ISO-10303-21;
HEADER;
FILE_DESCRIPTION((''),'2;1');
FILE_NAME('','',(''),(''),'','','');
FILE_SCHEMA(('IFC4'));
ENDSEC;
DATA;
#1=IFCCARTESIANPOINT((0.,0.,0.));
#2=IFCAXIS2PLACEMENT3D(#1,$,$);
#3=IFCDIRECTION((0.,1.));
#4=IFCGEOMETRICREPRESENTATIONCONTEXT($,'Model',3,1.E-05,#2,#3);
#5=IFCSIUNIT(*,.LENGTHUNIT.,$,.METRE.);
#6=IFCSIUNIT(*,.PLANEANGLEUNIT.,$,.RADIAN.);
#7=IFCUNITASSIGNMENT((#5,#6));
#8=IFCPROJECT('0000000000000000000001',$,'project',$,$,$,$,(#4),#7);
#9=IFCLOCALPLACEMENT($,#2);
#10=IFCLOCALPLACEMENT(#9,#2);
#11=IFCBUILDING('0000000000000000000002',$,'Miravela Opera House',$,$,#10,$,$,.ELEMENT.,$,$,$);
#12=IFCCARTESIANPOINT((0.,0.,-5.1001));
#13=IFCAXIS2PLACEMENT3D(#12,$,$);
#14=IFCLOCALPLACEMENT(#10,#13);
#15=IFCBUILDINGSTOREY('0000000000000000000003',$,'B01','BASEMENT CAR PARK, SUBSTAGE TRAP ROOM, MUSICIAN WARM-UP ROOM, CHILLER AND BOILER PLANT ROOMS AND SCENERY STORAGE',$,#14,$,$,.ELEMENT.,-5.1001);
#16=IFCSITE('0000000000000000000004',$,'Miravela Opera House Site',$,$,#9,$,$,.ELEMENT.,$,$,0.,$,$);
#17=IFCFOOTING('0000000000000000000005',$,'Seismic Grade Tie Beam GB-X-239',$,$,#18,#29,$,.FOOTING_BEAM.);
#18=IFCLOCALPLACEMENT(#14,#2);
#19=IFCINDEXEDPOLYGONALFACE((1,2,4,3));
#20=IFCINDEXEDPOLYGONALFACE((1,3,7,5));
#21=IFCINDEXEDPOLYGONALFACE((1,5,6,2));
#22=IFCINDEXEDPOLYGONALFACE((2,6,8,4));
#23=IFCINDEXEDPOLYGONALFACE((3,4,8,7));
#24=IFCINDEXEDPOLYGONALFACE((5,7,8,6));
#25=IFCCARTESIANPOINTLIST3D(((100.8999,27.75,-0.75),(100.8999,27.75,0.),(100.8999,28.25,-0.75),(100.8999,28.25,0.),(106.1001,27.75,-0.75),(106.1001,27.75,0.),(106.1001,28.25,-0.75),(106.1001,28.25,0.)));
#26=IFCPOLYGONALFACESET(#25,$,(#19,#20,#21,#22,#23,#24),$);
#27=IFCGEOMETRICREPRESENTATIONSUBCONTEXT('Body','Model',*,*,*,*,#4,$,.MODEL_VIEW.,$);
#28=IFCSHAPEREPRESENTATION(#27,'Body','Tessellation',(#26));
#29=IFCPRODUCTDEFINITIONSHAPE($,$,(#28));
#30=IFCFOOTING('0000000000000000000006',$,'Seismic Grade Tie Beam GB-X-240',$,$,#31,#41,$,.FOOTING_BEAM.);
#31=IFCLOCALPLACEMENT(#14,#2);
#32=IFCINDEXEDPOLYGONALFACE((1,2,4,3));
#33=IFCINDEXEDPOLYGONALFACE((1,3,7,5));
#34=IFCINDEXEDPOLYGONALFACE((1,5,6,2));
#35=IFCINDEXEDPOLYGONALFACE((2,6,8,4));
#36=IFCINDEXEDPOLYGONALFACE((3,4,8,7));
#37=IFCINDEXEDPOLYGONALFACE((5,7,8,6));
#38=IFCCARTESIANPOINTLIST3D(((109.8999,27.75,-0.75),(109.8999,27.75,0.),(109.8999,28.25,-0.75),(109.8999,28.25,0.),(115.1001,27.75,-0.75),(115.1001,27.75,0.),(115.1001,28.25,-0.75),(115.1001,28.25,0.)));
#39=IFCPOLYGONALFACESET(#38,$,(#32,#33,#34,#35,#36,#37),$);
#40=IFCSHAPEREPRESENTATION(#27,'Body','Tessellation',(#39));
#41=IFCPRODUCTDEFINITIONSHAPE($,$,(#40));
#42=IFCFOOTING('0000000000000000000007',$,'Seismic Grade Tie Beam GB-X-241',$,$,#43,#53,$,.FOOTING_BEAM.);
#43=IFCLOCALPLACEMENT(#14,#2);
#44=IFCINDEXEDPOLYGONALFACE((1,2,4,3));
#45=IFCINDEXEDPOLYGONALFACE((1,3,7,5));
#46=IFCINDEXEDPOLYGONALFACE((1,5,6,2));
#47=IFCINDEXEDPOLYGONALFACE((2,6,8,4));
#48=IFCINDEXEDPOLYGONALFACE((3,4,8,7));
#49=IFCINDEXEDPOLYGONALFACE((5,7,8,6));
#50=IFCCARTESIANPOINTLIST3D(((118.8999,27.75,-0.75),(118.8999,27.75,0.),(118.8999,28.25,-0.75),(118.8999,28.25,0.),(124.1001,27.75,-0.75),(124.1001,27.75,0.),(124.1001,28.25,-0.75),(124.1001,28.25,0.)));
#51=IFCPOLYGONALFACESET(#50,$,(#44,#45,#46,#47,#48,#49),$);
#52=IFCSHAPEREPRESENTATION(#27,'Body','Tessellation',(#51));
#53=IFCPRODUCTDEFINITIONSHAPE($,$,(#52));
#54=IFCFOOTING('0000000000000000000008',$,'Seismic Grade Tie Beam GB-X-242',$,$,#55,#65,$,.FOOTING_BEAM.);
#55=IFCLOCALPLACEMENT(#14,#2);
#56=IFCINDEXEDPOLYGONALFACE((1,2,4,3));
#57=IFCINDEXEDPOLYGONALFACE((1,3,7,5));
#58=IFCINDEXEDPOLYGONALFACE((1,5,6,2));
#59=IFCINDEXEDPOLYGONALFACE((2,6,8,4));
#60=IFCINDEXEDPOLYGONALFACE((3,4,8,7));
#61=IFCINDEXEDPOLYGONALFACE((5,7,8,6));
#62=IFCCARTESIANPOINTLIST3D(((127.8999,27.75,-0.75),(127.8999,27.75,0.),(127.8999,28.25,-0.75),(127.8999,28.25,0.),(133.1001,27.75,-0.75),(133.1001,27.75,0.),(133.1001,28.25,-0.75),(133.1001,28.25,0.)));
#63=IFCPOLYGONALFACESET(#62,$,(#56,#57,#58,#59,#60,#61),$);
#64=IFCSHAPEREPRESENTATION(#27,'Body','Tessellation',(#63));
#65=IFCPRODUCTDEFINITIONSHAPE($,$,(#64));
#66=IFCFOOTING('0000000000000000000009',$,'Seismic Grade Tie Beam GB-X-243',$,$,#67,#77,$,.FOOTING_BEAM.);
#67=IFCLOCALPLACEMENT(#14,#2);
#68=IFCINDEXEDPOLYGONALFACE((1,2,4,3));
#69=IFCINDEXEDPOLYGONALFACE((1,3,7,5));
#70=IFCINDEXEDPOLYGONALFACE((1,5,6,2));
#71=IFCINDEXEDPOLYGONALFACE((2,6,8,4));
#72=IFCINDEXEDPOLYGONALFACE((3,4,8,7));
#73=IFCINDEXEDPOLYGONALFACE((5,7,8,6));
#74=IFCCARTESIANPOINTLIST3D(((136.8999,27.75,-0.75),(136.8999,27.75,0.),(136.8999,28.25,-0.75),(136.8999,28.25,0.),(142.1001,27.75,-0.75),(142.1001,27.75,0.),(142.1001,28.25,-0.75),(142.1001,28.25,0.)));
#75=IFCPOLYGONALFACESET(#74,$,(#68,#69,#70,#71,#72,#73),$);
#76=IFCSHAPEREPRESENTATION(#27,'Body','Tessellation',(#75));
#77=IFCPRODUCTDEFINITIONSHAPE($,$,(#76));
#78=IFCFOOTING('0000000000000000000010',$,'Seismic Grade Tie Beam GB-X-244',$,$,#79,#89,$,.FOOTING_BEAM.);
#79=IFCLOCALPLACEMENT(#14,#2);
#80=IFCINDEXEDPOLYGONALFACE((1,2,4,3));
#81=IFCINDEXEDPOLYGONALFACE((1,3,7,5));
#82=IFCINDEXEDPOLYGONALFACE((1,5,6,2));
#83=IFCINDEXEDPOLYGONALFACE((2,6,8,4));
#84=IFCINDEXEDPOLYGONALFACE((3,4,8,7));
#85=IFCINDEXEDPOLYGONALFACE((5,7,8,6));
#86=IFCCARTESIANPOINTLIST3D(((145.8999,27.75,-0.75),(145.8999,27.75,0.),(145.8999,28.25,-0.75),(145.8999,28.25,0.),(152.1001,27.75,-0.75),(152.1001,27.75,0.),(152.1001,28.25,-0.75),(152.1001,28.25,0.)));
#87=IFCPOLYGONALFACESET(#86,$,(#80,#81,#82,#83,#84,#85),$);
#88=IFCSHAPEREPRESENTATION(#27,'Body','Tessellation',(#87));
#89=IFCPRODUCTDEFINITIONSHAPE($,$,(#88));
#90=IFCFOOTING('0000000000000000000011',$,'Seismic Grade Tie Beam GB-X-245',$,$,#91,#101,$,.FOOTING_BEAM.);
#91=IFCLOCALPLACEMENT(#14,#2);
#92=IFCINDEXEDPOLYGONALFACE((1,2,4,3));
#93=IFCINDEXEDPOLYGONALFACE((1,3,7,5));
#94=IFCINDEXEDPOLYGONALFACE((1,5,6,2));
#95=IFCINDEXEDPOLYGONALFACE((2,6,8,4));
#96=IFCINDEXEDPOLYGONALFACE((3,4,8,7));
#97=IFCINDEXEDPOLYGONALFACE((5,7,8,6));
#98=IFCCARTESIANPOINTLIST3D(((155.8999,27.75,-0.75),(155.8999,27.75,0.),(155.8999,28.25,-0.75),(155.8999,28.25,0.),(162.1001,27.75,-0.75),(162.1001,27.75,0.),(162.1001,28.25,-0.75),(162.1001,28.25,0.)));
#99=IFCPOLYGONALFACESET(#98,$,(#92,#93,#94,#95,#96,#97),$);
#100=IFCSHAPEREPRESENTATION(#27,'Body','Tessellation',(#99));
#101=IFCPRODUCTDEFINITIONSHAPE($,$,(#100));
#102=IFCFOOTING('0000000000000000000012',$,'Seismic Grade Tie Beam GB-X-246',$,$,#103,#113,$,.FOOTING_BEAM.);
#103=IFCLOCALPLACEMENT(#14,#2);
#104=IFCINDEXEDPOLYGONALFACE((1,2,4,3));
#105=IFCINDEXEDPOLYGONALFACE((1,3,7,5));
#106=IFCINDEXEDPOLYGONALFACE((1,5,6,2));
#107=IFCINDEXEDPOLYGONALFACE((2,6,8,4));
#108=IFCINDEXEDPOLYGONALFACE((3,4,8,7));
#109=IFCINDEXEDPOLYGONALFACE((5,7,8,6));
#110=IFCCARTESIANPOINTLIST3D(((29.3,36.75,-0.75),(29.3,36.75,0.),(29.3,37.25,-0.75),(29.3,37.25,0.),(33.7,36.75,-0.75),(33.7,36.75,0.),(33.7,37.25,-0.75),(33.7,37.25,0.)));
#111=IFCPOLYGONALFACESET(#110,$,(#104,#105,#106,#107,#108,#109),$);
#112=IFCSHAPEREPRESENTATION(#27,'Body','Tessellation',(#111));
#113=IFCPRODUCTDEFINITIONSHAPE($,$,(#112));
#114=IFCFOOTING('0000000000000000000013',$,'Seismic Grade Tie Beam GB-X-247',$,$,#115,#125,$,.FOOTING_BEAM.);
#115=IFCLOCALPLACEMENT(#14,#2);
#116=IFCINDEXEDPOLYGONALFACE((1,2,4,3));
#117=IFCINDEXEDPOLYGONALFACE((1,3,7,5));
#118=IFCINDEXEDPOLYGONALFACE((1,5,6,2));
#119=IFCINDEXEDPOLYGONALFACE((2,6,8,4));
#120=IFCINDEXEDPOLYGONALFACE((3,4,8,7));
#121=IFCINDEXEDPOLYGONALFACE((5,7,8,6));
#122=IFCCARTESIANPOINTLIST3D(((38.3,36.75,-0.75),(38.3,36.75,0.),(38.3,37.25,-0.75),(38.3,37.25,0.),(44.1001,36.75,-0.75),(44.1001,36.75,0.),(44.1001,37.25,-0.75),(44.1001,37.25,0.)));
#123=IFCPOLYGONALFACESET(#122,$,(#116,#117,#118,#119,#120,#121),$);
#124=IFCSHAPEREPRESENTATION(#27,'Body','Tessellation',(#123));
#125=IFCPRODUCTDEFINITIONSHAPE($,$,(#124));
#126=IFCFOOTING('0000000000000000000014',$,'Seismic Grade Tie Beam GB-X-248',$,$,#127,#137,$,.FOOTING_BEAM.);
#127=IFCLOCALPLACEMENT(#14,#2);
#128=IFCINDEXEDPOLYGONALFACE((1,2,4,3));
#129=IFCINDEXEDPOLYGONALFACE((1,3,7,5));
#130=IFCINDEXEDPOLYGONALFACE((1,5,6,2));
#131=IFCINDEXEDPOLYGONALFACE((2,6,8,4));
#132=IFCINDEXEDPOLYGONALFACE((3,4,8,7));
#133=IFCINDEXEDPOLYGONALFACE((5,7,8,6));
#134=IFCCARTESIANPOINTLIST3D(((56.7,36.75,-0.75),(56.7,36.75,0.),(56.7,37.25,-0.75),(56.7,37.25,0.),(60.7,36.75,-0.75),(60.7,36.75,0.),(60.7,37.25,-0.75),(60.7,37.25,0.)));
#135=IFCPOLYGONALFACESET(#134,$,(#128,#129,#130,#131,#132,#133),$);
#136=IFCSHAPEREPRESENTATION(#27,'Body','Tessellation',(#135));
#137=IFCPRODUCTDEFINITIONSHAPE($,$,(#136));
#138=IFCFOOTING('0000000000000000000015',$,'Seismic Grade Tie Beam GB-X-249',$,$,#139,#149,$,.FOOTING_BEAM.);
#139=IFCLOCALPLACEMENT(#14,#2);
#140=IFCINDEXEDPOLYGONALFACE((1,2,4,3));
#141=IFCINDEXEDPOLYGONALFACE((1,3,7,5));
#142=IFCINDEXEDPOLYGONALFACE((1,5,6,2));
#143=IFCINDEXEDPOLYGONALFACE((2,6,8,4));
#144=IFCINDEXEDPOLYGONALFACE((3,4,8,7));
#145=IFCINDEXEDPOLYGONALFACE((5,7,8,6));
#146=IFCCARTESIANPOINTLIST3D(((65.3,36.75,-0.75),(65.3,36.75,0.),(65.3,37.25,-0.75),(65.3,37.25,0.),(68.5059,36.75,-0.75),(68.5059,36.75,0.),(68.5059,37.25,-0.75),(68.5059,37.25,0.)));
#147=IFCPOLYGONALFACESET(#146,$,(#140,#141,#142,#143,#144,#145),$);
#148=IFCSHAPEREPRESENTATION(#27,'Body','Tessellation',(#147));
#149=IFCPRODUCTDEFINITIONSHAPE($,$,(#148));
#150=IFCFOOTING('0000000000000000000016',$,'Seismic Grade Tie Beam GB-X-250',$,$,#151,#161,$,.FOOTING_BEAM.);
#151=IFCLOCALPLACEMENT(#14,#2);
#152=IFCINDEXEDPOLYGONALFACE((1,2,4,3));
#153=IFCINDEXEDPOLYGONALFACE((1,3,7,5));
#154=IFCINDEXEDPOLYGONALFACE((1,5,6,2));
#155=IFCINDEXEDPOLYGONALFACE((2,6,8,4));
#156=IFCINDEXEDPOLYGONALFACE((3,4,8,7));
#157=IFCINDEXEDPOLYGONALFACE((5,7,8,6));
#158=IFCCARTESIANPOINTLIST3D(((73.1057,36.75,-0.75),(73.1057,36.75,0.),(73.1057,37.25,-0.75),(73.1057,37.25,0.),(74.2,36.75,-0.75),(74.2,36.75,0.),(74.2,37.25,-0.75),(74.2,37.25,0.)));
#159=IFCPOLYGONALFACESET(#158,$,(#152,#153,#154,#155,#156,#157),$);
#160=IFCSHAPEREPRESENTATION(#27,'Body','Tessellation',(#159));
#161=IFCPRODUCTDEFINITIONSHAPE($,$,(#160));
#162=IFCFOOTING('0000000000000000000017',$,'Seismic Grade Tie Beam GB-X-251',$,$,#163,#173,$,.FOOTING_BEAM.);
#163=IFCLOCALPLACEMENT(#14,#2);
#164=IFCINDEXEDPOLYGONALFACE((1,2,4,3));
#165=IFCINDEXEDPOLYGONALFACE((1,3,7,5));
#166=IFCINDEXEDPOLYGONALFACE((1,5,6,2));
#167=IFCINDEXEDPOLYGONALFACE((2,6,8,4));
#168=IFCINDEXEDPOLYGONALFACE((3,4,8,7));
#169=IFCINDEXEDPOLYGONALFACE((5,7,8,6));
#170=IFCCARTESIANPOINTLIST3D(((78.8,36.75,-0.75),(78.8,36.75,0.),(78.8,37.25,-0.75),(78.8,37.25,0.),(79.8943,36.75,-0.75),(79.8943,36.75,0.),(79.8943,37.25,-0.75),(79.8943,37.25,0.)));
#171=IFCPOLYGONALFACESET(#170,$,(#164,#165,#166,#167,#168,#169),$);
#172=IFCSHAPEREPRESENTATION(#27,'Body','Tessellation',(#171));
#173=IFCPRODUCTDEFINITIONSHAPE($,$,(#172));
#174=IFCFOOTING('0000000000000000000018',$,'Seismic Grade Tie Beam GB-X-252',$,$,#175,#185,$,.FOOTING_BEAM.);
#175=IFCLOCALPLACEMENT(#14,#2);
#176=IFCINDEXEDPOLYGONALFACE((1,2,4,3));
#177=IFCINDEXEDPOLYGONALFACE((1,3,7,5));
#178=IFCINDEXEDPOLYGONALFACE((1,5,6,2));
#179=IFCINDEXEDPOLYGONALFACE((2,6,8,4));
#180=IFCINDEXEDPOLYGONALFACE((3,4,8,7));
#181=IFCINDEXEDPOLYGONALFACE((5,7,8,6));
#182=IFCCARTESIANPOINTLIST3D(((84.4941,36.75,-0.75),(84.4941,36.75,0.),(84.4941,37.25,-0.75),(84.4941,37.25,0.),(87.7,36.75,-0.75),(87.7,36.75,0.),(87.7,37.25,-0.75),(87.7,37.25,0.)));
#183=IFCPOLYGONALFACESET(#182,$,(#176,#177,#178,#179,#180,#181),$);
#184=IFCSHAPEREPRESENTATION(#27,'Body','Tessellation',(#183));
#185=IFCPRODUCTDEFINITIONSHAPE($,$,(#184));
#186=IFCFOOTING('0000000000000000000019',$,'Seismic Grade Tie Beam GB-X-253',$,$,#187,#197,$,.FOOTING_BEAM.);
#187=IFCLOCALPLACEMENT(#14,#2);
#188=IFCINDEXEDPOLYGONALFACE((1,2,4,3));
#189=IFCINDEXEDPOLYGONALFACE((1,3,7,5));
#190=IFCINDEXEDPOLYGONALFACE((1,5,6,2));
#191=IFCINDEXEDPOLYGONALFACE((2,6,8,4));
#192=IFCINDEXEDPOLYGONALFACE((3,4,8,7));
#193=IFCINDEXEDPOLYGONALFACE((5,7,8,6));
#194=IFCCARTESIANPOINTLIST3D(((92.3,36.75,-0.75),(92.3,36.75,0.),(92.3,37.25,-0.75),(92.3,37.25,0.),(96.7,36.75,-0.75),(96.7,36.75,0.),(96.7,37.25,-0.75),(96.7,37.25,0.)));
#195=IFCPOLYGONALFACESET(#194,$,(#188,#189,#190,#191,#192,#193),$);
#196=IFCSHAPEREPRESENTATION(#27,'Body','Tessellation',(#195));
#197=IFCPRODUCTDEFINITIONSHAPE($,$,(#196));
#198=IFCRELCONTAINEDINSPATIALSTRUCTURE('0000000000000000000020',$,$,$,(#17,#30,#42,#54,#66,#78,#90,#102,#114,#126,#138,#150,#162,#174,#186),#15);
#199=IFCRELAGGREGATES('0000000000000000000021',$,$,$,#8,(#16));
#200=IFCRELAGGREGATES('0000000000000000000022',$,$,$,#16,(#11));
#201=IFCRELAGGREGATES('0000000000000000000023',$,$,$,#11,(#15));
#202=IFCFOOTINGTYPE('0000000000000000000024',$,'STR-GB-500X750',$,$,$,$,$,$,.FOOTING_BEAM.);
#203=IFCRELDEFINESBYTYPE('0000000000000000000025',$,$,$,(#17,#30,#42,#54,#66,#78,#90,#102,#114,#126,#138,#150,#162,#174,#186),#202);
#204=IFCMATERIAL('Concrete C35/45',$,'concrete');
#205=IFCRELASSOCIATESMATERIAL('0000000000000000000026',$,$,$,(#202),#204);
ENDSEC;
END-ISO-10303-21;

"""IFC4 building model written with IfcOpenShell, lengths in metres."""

from ifc_helpers import new_model, si_unit, direction, frame, origin, place, context, subcontext, project, spatial, polyline, outline, extrude, material, type_object, element, save


model = new_model("IFC4")

# Units and contexts
model_context = context("Model", 3, precision=1e-05, world=origin(), true_north=direction((0.0, 1.0)))
body_context = subcontext(model_context, "Body", "Model", "MODEL_VIEW")
ifc_project = project(units=[si_unit("LENGTHUNIT", "METRE"), si_unit("PLANEANGLEUNIT", "RADIAN")], contexts=[model_context])

# Site, building, storey
site_placement = place(None, origin())
site = spatial("IfcSite", under=ifc_project, at=site_placement, Name="Miravela Opera House Site", CompositionType="ELEMENT", RefElevation=0.0)
building_placement = place(site_placement, origin())
building = spatial("IfcBuilding", under=site, at=building_placement, Name="Miravela Opera House", CompositionType="ELEMENT")
storey_placement = place(building_placement, frame((0.0, 0.0, -5.1001)))
storey = spatial("IfcBuildingStorey", under=building, at=storey_placement, Name="B01", Description="BASEMENT CAR PARK, SUBSTAGE TRAP ROOM, MUSICIAN WARM-UP ROOM, CHILLER AND BOILER PLANT ROOMS AND SCENERY STORAGE", CompositionType="ELEMENT", Elevation=-5.1001)

# Footings
ifc_material = material(Name="Concrete C35/45", Category="concrete")
footing_type = type_object("IfcFootingType", Name="STR-GB-500X750", PredefinedType="FOOTING_BEAM", material=ifc_material)
footing_1_placement = place(storey_placement, frame((0.0, 0.0, -0.75)))
element("IfcFooting", 1, at=footing_1_placement, inside=storey, type_object=footing_type, Name="Seismic Grade Tie Beam GB-X-239", PredefinedType="FOOTING_BEAM", context=body_context, shape_type="SweptSolid", body=[
    extrude(outline(polyline([(100.8999, 27.75), (106.1001, 27.75), (106.1001, 28.25), (100.8999, 28.25), (100.8999, 27.75)])), origin(), (0.0, 0.0, 1.0), 0.75),
])
footing_2_placement = place(storey_placement, frame((0.0, 0.0, -0.75)))
element("IfcFooting", 2, at=footing_2_placement, inside=storey, type_object=footing_type, Name="Seismic Grade Tie Beam GB-X-240", PredefinedType="FOOTING_BEAM", context=body_context, shape_type="SweptSolid", body=[
    extrude(outline(polyline([(109.8999, 27.75), (115.1001, 27.75), (115.1001, 28.25), (109.8999, 28.25), (109.8999, 27.75)])), origin(), (0.0, 0.0, 1.0), 0.75),
])
footing_3_placement = place(storey_placement, frame((0.0, 0.0, -0.75)))
element("IfcFooting", 3, at=footing_3_placement, inside=storey, type_object=footing_type, Name="Seismic Grade Tie Beam GB-X-241", PredefinedType="FOOTING_BEAM", context=body_context, shape_type="SweptSolid", body=[
    extrude(outline(polyline([(118.8999, 27.75), (124.1001, 27.75), (124.1001, 28.25), (118.8999, 28.25), (118.8999, 27.75)])), origin(), (0.0, 0.0, 1.0), 0.75),
])
footing_4_placement = place(storey_placement, frame((0.0, 0.0, -0.75)))
element("IfcFooting", 4, at=footing_4_placement, inside=storey, type_object=footing_type, Name="Seismic Grade Tie Beam GB-X-242", PredefinedType="FOOTING_BEAM", context=body_context, shape_type="SweptSolid", body=[
    extrude(outline(polyline([(127.8999, 27.75), (133.1001, 27.75), (133.1001, 28.25), (127.8999, 28.25), (127.8999, 27.75)])), origin(), (0.0, 0.0, 1.0), 0.75),
])
footing_5_placement = place(storey_placement, frame((0.0, 0.0, -0.75)))
element("IfcFooting", 5, at=footing_5_placement, inside=storey, type_object=footing_type, Name="Seismic Grade Tie Beam GB-X-243", PredefinedType="FOOTING_BEAM", context=body_context, shape_type="SweptSolid", body=[
    extrude(outline(polyline([(136.8999, 27.75), (142.1001, 27.75), (142.1001, 28.25), (136.8999, 28.25), (136.8999, 27.75)])), origin(), (0.0, 0.0, 1.0), 0.75),
])
footing_6_placement = place(storey_placement, frame((0.0, 0.0, -0.75)))
element("IfcFooting", 6, at=footing_6_placement, inside=storey, type_object=footing_type, Name="Seismic Grade Tie Beam GB-X-244", PredefinedType="FOOTING_BEAM", context=body_context, shape_type="SweptSolid", body=[
    extrude(outline(polyline([(145.8999, 27.75), (152.1001, 27.75), (152.1001, 28.25), (145.8999, 28.25), (145.8999, 27.75)])), origin(), (0.0, 0.0, 1.0), 0.75),
])
footing_7_placement = place(storey_placement, frame((0.0, 0.0, -0.75)))
element("IfcFooting", 7, at=footing_7_placement, inside=storey, type_object=footing_type, Name="Seismic Grade Tie Beam GB-X-245", PredefinedType="FOOTING_BEAM", context=body_context, shape_type="SweptSolid", body=[
    extrude(outline(polyline([(155.8999, 27.75), (162.1001, 27.75), (162.1001, 28.25), (155.8999, 28.25), (155.8999, 27.75)])), origin(), (0.0, 0.0, 1.0), 0.75),
])
footing_8_placement = place(storey_placement, frame((0.0, 0.0, -0.75)))
element("IfcFooting", 8, at=footing_8_placement, inside=storey, type_object=footing_type, Name="Seismic Grade Tie Beam GB-X-246", PredefinedType="FOOTING_BEAM", context=body_context, shape_type="SweptSolid", body=[
    extrude(outline(polyline([(29.3, 36.75), (33.7, 36.75), (33.7, 37.25), (29.3, 37.25), (29.3, 36.75)])), origin(), (0.0, 0.0, 1.0), 0.75),
])
footing_9_placement = place(storey_placement, frame((0.0, 0.0, -0.75)))
element("IfcFooting", 9, at=footing_9_placement, inside=storey, type_object=footing_type, Name="Seismic Grade Tie Beam GB-X-247", PredefinedType="FOOTING_BEAM", context=body_context, shape_type="SweptSolid", body=[
    extrude(outline(polyline([(38.3, 36.75), (44.1001, 36.75), (44.1001, 37.25), (38.3, 37.25), (38.3, 36.75)])), origin(), (0.0, 0.0, 1.0), 0.75),
])
footing_10_placement = place(storey_placement, frame((0.0, 0.0, -0.75)))
element("IfcFooting", 10, at=footing_10_placement, inside=storey, type_object=footing_type, Name="Seismic Grade Tie Beam GB-X-248", PredefinedType="FOOTING_BEAM", context=body_context, shape_type="SweptSolid", body=[
    extrude(outline(polyline([(56.7, 36.75), (60.7, 36.75), (60.7, 37.25), (56.7, 37.25), (56.7, 36.75)])), origin(), (0.0, 0.0, 1.0), 0.75),
])
footing_11_placement = place(storey_placement, frame((0.0, 0.0, -0.75)))
element("IfcFooting", 11, at=footing_11_placement, inside=storey, type_object=footing_type, Name="Seismic Grade Tie Beam GB-X-249", PredefinedType="FOOTING_BEAM", context=body_context, shape_type="SweptSolid", body=[
    extrude(outline(polyline([(65.3, 36.75), (68.5059, 36.75), (68.5059, 37.25), (65.3, 37.25), (65.3, 36.75)])), origin(), (0.0, 0.0, 1.0), 0.75),
])
footing_12_placement = place(storey_placement, frame((0.0, 0.0, -0.75)))
element("IfcFooting", 12, at=footing_12_placement, inside=storey, type_object=footing_type, Name="Seismic Grade Tie Beam GB-X-250", PredefinedType="FOOTING_BEAM", context=body_context, shape_type="SweptSolid", body=[
    extrude(outline(polyline([(73.1057, 36.75), (74.2, 36.75), (74.2, 37.25), (73.1057, 37.25), (73.1057, 36.75)])), origin(), (0.0, 0.0, 1.0), 0.75),
])
footing_13_placement = place(storey_placement, frame((0.0, 0.0, -0.75)))
element("IfcFooting", 13, at=footing_13_placement, inside=storey, type_object=footing_type, Name="Seismic Grade Tie Beam GB-X-251", PredefinedType="FOOTING_BEAM", context=body_context, shape_type="SweptSolid", body=[
    extrude(outline(polyline([(78.8, 36.75), (79.8943, 36.75), (79.8943, 37.25), (78.8, 37.25), (78.8, 36.75)])), origin(), (0.0, 0.0, 1.0), 0.75),
])
footing_14_placement = place(storey_placement, frame((0.0, 0.0, -0.75)))
element("IfcFooting", 14, at=footing_14_placement, inside=storey, type_object=footing_type, Name="Seismic Grade Tie Beam GB-X-252", PredefinedType="FOOTING_BEAM", context=body_context, shape_type="SweptSolid", body=[
    extrude(outline(polyline([(84.4941, 36.75), (87.7, 36.75), (87.7, 37.25), (84.4941, 37.25), (84.4941, 36.75)])), origin(), (0.0, 0.0, 1.0), 0.75),
])
footing_15_placement = place(storey_placement, frame((0.0, 0.0, -0.75)))
element("IfcFooting", 15, at=footing_15_placement, inside=storey, type_object=footing_type, Name="Seismic Grade Tie Beam GB-X-253", PredefinedType="FOOTING_BEAM", context=body_context, shape_type="SweptSolid", body=[
    extrude(outline(polyline([(92.3, 36.75), (96.7, 36.75), (96.7, 37.25), (92.3, 37.25), (92.3, 36.75)])), origin(), (0.0, 0.0, 1.0), 0.75),
])

save(model, "model.ifc")
